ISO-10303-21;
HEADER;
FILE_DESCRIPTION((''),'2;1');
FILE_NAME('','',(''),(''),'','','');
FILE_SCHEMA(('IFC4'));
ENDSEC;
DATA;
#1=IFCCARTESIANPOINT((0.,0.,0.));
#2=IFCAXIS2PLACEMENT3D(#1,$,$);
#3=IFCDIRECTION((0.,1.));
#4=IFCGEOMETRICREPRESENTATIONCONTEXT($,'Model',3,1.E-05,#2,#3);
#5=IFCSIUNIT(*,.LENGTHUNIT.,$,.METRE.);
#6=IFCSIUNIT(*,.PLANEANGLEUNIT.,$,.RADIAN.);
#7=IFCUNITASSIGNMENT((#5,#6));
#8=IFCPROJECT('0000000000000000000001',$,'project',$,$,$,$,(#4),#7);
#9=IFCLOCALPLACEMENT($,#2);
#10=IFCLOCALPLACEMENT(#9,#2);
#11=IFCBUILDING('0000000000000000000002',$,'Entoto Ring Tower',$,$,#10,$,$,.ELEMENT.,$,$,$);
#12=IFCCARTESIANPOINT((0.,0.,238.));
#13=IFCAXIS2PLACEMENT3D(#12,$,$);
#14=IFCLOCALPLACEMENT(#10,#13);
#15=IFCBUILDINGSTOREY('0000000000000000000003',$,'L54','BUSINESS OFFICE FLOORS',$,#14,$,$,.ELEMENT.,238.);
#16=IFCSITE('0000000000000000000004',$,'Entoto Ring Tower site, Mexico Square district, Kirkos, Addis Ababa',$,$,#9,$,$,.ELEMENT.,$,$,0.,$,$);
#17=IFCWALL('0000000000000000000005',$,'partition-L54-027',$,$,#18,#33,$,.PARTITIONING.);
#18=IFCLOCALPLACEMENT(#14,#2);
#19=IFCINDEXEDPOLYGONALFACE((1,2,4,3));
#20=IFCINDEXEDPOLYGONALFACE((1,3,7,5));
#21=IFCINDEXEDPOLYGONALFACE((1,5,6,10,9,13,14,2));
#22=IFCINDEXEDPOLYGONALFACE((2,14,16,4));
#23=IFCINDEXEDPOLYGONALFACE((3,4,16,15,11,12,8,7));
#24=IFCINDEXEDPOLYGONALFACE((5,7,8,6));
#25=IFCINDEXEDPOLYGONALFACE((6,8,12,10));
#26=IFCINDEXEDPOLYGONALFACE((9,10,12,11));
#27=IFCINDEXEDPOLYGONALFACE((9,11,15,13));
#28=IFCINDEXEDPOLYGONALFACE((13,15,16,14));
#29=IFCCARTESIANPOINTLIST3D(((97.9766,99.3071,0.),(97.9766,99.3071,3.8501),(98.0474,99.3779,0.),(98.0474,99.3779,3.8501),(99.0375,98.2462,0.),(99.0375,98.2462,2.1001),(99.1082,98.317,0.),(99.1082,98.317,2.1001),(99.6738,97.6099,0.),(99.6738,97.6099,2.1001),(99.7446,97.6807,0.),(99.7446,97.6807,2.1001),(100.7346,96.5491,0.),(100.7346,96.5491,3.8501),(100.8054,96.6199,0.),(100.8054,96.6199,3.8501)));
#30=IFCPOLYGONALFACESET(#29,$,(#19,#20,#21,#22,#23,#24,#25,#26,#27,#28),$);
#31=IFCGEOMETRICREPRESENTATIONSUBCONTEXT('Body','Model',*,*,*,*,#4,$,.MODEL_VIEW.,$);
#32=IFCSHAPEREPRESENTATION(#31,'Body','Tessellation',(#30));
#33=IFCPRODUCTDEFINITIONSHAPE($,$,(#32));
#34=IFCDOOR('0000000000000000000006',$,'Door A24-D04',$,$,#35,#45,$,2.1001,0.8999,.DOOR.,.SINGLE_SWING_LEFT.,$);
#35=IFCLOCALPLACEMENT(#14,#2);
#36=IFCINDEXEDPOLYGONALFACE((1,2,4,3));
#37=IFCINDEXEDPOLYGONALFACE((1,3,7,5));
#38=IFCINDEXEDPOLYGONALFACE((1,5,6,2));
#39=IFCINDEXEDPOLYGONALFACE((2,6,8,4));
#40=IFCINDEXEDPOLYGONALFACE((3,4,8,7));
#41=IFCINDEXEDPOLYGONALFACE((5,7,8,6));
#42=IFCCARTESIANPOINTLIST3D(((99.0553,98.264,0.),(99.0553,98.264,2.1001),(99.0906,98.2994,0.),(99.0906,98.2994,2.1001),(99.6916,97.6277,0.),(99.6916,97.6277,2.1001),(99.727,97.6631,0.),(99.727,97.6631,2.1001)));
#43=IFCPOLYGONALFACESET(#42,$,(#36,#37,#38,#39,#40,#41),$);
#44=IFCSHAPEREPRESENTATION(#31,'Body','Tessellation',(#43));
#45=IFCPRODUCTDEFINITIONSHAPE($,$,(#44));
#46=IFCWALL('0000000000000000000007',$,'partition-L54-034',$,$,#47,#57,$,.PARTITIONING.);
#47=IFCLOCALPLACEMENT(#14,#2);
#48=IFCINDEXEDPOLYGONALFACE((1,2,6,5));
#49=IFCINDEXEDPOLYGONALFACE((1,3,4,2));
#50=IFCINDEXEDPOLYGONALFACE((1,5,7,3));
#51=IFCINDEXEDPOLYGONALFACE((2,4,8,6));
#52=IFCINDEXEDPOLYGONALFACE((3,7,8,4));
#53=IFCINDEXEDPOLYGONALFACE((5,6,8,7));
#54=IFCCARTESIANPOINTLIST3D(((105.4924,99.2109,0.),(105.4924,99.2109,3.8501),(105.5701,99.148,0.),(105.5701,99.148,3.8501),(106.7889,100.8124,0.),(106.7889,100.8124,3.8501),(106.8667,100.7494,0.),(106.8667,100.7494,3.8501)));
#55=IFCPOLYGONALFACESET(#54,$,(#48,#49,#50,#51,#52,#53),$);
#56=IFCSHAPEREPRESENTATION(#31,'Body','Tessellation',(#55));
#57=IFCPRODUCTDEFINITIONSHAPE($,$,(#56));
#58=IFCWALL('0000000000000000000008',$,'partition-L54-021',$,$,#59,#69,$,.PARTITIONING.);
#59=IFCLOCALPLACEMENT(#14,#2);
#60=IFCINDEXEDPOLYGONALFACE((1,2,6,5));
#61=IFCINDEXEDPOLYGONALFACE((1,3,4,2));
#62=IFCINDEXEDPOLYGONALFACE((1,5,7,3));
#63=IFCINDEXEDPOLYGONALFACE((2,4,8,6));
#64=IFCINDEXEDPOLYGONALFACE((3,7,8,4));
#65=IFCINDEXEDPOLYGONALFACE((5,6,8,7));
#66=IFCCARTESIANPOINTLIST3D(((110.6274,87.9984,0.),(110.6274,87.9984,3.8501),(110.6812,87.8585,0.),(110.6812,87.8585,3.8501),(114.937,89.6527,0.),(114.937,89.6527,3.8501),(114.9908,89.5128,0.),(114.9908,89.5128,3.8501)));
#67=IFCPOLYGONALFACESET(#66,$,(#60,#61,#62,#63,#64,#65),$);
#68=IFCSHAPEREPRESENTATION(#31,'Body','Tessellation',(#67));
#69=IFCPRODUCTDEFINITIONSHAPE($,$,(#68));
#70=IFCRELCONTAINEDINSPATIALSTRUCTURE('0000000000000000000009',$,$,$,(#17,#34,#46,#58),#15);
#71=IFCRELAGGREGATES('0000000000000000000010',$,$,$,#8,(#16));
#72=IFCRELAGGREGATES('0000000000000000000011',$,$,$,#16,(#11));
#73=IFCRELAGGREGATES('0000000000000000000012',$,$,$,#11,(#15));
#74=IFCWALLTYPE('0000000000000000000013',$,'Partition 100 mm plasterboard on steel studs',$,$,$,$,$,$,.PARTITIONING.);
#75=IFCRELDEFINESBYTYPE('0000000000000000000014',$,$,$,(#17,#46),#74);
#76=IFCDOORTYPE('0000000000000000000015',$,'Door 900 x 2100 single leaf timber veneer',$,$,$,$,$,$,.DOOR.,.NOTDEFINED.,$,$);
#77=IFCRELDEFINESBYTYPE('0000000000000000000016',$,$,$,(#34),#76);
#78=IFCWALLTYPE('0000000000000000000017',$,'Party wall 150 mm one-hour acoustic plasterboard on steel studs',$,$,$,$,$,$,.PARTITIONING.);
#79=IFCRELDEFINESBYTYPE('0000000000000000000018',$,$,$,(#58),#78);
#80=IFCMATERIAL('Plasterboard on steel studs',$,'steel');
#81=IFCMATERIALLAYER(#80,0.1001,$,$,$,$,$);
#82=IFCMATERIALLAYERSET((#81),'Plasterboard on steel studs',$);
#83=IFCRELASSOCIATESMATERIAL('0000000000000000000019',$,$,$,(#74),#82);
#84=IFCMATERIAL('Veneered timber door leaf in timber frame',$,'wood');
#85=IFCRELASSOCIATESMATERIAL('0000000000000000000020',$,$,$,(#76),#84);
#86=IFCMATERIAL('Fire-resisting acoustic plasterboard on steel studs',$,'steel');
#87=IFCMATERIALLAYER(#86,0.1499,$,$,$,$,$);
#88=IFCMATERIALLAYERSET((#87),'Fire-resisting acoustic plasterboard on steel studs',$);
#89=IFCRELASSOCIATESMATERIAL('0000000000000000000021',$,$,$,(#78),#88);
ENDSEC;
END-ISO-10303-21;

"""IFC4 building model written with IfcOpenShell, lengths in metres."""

from ifc_helpers import new_model, si_unit, direction, frame, frame_2d, origin, place, context, subcontext, project, spatial, rectangle, extrude, material, layer, layer_set, type_object, element, fill, save


model = new_model("IFC4")

# Units and contexts
model_context = context("Model", 3, precision=1e-05, world=origin(), true_north=direction((0.0, 1.0)))
body_context = subcontext(model_context, "Body", "Model", "MODEL_VIEW")
ifc_project = project(units=[si_unit("LENGTHUNIT", "METRE"), si_unit("PLANEANGLEUNIT", "RADIAN")], contexts=[model_context])

# Site, building, storey
site_placement = place(None, origin())
site = spatial("IfcSite", under=ifc_project, at=site_placement, Name="Entoto Ring Tower site, Mexico Square district, Kirkos, Addis Ababa", CompositionType="ELEMENT", RefElevation=0.0)
building_placement = place(site_placement, origin())
building = spatial("IfcBuilding", under=site, at=building_placement, Name="Entoto Ring Tower", CompositionType="ELEMENT")
storey_placement = place(building_placement, frame((0.0, 0.0, 238.0)))
storey = spatial("IfcBuildingStorey", under=building, at=storey_placement, Name="L54", Description="BUSINESS OFFICE FLOORS", CompositionType="ELEMENT", Elevation=238.0)

# Wall, opening, door
ifc_material_1 = material(Name="Plasterboard on steel studs", Category="steel")
ifc_layer_1 = layer(ifc_material_1, 0.1001)
ifc_layer_set_1 = layer_set([ifc_layer_1], Name="Plasterboard on steel studs")
wall_type_1 = type_object("IfcWallType", Name="Partition 100 mm plasterboard on steel studs", PredefinedType="PARTITIONING", material=ifc_layer_set_1)
ifc_material_2 = material(Name="Veneered timber door leaf in timber frame", Category="wood")
door_type_1 = type_object("IfcDoorType", Name="Door 900 x 2100 single leaf timber veneer", OperationType="NOTDEFINED", PredefinedType="DOOR", material=ifc_material_2)
wall_1_placement = place(storey_placement, frame((100.77, 96.5845, 0.0), z_axis=(0.0, 0.0, 1.0), x_axis=(-0.707107, 0.707107, 0.0)))
wall_1 = element("IfcWall", 1, at=wall_1_placement, inside=storey, type_object=wall_type_1, Name="partition-L54-027", PredefinedType="PARTITIONING", context=body_context, shape_type="SweptSolid", body=[
    extrude(rectangle(XDim=3.9004, YDim=0.1001, at=frame_2d((1.9502, 0.0))), origin(), (0.0, 0.0, 1.0), 3.8501),
])
opening_1_placement = place(wall_1_placement, frame((1.5002, 0.0, 0.0)))
opening_1 = element("IfcOpeningElement", 2, at=opening_1_placement, cuts=wall_1, PredefinedType="OPENING", context=body_context, shape_type="SweptSolid", body=[
    extrude(rectangle(XDim=0.8999, YDim=2.1001, at=frame_2d((0.45, 1.05))), frame((0.0, 0.0601, 0.0), z_axis=(0.0, -1.0, 0.0), x_axis=(1.0, 0.0, 0.0)), (0.0, 0.0, 1.0), 0.1201),
])
door_1_placement = place(opening_1_placement, origin())
door_1 = element("IfcDoor", 3, at=door_1_placement, inside=storey, type_object=door_type_1, Name="Door A24-D04", OperationType="SINGLE_SWING_LEFT", OverallHeight=2.1001, OverallWidth=0.8999, PredefinedType="DOOR", context=body_context, shape_type="SweptSolid", body=[
    extrude(rectangle(XDim=0.8999, YDim=2.1001, at=frame_2d((0.45, 1.05))), frame((0.0, 0.0249, 0.0), z_axis=(0.0, -1.0, 0.0), x_axis=(1.0, 0.0, 0.0)), (0.0, 0.0, 1.0), 0.05),
])
fill(opening_1, door_1)

# Walls
wall_2_placement = place(storey_placement, frame((105.5312, 99.1794, 0.0), z_axis=(0.0, 0.0, 1.0), x_axis=(0.629236, 0.777215, 0.0)))
element("IfcWall", 4, at=wall_2_placement, inside=storey, type_object=wall_type_1, Name="partition-L54-034", PredefinedType="PARTITIONING", context=body_context, shape_type="SweptSolid", body=[
    extrude(rectangle(XDim=2.0605, YDim=0.1001, at=frame_2d((1.0303, 0.0))), origin(), (0.0, 0.0, 1.0), 3.8501),
])
ifc_material_3 = material(Name="Fire-resisting acoustic plasterboard on steel studs", Category="steel")
ifc_layer_2 = layer(ifc_material_3, 0.1499)
ifc_layer_set_2 = layer_set([ifc_layer_2], Name="Fire-resisting acoustic plasterboard on steel studs")
wall_type_2 = type_object("IfcWallType", Name="Party wall 150 mm one-hour acoustic plasterboard on steel studs", PredefinedType="PARTITIONING", material=ifc_layer_set_2)
wall_3_placement = place(storey_placement, frame((110.6543, 87.9285, 0.0), z_axis=(0.0, 0.0, 1.0), x_axis=(0.93358, 0.358369, 0.0)))
element("IfcWall", 5, at=wall_3_placement, inside=storey, type_object=wall_type_2, Name="partition-L54-021", PredefinedType="PARTITIONING", context=body_context, shape_type="SweptSolid", body=[
    extrude(rectangle(XDim=4.6162, YDim=0.1499, at=frame_2d((2.3081, 0.0))), origin(), (0.0, 0.0, 1.0), 3.8501),
])

save(model, "model.ifc")
